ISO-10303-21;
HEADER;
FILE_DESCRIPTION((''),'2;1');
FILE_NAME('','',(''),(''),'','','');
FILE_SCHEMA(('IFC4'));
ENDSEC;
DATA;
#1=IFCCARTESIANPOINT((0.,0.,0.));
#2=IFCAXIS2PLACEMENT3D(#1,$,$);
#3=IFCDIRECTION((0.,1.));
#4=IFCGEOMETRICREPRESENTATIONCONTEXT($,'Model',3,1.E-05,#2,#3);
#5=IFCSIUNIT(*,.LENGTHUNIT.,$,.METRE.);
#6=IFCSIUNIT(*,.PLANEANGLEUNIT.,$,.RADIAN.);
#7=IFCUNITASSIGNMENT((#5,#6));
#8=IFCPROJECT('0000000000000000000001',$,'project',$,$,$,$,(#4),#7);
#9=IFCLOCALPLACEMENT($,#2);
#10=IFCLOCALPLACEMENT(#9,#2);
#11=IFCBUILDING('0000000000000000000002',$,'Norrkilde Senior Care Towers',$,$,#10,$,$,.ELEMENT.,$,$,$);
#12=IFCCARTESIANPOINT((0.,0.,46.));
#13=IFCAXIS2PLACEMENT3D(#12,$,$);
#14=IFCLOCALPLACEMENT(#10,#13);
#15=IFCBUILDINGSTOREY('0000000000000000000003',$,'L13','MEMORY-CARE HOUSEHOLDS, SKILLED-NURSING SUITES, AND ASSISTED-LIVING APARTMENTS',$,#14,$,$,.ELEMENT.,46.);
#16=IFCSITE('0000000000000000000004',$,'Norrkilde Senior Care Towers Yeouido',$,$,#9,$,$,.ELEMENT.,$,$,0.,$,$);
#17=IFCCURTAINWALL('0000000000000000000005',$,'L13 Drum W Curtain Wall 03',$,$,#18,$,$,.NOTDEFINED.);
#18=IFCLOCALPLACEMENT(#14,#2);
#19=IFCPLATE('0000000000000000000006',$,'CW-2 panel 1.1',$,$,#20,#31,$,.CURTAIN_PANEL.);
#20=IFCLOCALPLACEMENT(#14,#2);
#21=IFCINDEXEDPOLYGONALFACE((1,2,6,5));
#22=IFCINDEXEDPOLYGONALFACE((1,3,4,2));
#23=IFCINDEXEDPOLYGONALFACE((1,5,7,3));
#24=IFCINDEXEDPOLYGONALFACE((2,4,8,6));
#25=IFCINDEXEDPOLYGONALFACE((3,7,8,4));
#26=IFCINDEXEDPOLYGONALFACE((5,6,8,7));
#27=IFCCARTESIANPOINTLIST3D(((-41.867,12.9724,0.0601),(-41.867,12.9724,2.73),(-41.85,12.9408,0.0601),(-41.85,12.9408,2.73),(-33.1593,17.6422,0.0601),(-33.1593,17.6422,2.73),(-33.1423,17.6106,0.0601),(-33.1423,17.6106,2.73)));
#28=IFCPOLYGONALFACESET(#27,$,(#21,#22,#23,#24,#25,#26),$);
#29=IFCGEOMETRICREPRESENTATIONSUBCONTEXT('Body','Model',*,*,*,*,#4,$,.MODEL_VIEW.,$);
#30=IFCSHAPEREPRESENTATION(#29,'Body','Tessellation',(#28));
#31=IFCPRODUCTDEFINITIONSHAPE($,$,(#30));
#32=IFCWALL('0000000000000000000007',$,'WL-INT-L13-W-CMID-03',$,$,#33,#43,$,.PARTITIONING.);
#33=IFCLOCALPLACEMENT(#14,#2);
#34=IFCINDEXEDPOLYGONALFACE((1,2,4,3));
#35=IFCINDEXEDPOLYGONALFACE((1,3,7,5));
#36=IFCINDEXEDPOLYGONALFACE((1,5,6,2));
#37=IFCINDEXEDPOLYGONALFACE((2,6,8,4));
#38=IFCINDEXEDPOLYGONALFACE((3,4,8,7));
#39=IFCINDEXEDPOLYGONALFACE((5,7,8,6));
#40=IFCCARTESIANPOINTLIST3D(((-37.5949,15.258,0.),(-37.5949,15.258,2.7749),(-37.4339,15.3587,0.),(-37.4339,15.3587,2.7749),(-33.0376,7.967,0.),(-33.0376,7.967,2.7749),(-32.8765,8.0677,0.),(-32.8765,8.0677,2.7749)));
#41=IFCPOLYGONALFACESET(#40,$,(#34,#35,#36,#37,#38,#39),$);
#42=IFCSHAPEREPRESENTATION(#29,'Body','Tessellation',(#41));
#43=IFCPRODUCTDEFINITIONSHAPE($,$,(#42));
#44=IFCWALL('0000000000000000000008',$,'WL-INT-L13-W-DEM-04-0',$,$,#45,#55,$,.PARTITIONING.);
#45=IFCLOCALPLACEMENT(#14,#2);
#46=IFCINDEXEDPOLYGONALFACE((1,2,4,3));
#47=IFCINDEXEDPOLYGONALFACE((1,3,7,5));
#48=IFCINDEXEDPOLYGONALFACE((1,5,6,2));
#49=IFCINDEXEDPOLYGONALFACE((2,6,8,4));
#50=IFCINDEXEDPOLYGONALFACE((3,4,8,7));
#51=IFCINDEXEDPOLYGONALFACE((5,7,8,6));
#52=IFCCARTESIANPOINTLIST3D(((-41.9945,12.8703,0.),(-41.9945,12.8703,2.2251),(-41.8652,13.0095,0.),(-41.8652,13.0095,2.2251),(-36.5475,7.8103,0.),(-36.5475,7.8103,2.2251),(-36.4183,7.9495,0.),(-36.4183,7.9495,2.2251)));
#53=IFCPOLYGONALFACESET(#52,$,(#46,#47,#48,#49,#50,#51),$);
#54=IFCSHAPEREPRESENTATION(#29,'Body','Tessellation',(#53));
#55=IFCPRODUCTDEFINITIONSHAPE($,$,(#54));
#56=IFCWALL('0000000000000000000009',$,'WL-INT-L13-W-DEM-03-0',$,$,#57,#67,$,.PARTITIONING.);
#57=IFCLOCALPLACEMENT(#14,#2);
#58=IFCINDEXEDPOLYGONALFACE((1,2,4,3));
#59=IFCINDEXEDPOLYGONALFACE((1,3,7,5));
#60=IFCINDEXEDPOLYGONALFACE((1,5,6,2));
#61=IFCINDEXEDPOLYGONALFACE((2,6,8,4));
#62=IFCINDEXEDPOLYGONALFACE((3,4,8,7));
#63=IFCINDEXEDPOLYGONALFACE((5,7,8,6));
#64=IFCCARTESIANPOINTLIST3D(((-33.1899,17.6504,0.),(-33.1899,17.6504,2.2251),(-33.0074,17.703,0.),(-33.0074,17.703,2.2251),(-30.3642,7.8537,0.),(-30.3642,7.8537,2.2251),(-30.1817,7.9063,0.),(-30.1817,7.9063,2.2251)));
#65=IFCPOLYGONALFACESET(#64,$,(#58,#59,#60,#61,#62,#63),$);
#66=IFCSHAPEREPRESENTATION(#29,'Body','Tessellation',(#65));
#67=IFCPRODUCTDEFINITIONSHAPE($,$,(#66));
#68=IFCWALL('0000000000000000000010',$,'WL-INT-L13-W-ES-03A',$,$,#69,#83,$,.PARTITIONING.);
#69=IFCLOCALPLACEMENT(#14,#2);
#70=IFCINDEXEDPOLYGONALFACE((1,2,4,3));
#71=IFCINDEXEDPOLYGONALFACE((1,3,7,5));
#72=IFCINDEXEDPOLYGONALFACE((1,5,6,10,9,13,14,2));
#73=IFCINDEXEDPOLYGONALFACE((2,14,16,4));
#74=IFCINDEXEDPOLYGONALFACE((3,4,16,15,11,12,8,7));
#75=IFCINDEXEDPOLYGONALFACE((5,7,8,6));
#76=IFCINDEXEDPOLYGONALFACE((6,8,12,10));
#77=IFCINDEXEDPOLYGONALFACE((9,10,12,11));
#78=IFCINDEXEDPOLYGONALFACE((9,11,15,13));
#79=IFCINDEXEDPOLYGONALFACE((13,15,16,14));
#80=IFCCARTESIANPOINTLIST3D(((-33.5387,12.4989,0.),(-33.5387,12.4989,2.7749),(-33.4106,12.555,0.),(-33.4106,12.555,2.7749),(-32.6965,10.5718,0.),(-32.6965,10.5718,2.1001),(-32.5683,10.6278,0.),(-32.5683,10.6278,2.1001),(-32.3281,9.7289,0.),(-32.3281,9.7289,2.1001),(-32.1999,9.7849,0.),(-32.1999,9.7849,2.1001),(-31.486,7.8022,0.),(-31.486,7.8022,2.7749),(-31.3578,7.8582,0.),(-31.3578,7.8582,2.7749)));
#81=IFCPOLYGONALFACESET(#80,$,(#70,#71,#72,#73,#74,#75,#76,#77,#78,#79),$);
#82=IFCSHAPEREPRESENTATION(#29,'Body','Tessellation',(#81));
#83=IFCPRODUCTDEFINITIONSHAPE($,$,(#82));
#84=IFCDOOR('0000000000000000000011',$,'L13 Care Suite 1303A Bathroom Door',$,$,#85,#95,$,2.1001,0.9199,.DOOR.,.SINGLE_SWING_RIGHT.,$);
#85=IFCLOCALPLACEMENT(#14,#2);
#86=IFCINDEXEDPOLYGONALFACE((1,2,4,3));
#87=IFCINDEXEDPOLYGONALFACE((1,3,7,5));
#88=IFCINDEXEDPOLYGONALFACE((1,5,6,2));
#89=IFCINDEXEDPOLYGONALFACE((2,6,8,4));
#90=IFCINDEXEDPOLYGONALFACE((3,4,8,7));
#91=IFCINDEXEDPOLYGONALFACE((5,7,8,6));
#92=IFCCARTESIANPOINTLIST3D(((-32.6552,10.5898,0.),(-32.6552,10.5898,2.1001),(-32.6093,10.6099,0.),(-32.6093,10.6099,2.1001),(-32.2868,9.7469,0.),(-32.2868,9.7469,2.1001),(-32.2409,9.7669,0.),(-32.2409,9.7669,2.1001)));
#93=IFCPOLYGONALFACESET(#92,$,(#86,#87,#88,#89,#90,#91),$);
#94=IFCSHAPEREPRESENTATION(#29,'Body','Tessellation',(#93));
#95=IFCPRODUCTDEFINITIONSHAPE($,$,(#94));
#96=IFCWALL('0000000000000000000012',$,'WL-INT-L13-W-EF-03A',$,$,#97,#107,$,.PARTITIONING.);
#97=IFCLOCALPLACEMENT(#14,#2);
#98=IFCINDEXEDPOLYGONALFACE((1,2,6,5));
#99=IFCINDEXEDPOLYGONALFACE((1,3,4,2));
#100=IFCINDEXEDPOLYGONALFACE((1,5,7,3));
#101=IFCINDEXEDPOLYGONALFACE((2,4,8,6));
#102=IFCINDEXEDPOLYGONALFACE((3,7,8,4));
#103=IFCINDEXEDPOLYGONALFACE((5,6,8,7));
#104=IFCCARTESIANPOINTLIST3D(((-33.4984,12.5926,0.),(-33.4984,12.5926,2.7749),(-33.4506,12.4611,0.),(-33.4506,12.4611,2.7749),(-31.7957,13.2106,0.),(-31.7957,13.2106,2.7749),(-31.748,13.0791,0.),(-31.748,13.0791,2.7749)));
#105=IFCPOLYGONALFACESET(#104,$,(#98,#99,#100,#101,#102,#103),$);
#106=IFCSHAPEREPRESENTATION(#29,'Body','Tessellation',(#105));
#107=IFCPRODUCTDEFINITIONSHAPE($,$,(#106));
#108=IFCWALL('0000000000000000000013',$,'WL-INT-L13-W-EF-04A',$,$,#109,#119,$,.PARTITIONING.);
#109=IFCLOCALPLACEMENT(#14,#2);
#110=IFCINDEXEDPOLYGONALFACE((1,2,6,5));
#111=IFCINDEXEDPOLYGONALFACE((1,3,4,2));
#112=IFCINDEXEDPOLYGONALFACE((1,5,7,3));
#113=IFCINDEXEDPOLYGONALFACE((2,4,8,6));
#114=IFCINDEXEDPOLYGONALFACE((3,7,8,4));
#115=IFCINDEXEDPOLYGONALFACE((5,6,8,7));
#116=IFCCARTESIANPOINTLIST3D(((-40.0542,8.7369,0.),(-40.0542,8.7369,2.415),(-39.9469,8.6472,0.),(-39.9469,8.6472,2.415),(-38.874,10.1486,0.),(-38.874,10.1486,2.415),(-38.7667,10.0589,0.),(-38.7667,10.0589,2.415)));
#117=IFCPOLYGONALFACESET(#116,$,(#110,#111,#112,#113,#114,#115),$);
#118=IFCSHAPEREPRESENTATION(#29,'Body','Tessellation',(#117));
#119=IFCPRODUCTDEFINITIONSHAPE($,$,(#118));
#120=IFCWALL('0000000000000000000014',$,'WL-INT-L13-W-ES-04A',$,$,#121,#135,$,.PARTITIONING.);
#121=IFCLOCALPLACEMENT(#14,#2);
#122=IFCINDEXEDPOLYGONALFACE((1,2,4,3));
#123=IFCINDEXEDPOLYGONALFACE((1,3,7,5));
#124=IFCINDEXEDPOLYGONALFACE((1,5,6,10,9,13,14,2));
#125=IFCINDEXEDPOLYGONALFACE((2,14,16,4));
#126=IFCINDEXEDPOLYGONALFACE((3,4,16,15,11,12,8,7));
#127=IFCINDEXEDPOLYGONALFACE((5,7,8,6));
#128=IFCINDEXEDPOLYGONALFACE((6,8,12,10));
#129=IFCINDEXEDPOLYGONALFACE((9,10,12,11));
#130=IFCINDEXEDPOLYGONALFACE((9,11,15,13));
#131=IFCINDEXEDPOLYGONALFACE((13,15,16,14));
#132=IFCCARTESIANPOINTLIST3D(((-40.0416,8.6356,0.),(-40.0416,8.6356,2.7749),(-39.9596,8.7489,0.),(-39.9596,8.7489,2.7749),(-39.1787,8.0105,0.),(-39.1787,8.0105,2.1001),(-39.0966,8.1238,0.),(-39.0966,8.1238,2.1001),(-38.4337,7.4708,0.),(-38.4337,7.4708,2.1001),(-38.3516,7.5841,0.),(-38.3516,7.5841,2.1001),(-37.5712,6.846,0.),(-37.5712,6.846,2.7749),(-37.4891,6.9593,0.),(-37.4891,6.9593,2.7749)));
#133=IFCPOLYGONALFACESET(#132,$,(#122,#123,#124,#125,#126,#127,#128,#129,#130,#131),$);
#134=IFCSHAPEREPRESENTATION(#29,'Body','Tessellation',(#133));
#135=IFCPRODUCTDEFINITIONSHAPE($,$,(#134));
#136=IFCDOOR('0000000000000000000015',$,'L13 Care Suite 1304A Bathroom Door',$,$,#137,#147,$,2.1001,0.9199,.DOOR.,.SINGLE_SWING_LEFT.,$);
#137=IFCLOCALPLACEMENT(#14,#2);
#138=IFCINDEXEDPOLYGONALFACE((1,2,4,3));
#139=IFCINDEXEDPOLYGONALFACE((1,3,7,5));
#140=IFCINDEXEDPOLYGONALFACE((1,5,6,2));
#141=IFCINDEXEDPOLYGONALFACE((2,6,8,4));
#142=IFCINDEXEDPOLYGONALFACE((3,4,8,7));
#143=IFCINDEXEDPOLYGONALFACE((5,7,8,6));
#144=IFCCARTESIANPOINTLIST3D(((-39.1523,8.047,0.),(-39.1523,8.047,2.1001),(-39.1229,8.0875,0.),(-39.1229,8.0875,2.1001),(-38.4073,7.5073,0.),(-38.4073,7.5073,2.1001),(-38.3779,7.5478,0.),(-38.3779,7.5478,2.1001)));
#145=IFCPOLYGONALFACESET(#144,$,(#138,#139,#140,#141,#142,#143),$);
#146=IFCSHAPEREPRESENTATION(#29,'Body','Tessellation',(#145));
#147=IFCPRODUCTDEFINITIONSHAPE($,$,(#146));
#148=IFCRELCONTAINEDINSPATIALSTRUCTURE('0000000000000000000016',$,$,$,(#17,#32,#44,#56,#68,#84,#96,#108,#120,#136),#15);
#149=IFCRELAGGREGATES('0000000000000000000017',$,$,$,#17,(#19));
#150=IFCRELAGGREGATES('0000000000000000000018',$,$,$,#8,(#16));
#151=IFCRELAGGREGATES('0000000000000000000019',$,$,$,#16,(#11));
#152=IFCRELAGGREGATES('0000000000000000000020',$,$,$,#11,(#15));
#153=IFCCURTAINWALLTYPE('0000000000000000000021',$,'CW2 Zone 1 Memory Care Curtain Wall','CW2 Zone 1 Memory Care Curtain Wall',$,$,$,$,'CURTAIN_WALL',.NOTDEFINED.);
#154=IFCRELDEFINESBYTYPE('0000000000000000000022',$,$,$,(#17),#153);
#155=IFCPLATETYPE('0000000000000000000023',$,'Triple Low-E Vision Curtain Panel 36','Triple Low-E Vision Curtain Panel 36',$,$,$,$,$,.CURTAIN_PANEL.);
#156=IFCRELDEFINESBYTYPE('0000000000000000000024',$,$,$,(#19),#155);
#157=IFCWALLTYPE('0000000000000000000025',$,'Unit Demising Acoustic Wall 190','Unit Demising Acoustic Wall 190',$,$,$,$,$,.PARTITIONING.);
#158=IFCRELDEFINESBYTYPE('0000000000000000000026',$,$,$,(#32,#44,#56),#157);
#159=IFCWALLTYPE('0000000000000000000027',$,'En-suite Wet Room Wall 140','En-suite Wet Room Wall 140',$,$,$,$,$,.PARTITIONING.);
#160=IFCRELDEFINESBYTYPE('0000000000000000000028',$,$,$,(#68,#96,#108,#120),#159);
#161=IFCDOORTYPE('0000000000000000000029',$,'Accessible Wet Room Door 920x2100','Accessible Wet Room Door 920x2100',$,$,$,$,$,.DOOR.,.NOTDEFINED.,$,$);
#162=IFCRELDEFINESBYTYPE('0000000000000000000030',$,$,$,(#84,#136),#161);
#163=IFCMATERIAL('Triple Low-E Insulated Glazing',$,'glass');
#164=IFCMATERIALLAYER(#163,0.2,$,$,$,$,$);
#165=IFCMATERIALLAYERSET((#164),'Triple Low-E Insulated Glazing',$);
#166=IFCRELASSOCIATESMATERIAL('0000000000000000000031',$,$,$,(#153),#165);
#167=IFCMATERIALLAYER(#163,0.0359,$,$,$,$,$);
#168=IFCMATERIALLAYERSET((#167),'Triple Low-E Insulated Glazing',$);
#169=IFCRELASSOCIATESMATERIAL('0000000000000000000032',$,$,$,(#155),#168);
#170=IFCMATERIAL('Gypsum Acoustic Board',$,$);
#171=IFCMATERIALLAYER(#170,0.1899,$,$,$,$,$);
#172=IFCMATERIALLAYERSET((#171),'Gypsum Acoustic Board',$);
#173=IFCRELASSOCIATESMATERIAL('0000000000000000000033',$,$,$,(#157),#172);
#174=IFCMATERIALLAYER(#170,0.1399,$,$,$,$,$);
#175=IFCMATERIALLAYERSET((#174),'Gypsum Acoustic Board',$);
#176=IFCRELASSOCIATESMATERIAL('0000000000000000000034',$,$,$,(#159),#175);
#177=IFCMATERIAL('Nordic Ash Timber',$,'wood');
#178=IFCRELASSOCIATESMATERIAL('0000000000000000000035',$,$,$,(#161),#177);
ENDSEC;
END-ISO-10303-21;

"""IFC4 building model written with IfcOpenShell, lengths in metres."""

from ifc_helpers import new_model, si_unit, direction, frame, frame_2d, origin, origin_2d, place, context, subcontext, project, spatial, rectangle, extrude, source, transform, mapped, material, layer, layer_set, type_object, type_shapes, element, fill, aggregate, save


model = new_model("IFC4")

# Units and contexts
model_context = context("Model", 3, precision=1e-05, world=origin(), true_north=direction((0.0, 1.0)))
body_context = subcontext(model_context, "Body", "Model", "MODEL_VIEW")
ifc_project = project(units=[si_unit("LENGTHUNIT", "METRE"), si_unit("PLANEANGLEUNIT", "RADIAN")], contexts=[model_context])

# Site, building, storey
site_placement = place(None, origin())
site = spatial("IfcSite", under=ifc_project, at=site_placement, Name="Norrkilde Senior Care Towers Yeouido", CompositionType="ELEMENT", RefElevation=0.0)
building_placement = place(site_placement, origin())
building = spatial("IfcBuilding", under=site, at=building_placement, Name="Norrkilde Senior Care Towers", CompositionType="ELEMENT")
storey_placement = place(building_placement, frame((0.0, 0.0, 46.0)))
storey = spatial("IfcBuildingStorey", under=building, at=storey_placement, Name="L13", Description="MEMORY-CARE HOUSEHOLDS, SKILLED-NURSING SUITES, AND ASSISTED-LIVING APARTMENTS", CompositionType="ELEMENT", Elevation=46.0)

# Shared definitions
ifc_material_1 = material(Name="Triple Low-E Insulated Glazing", Category="glass")
ifc_layer_1 = layer(ifc_material_1, 0.2)
ifc_layer_set_1 = layer_set([ifc_layer_1], Name="Triple Low-E Insulated Glazing")
curtain_wall_type = type_object("IfcCurtainWallType", Name="CW2 Zone 1 Memory Care Curtain Wall", Description="CW2 Zone 1 Memory Care Curtain Wall", ElementType="CURTAIN_WALL", PredefinedType="NOTDEFINED", material=ifc_layer_set_1)

# Curtain wall
curtain_wall_1_placement = place(storey_placement, origin())
curtain_wall_1 = element("IfcCurtainWall", 1, at=curtain_wall_1_placement, inside=storey, type_object=curtain_wall_type, Name="L13 Drum W Curtain Wall 03", PredefinedType="NOTDEFINED")

# Plate
ifc_layer_2 = layer(ifc_material_1, 0.0359)
ifc_layer_set_2 = layer_set([ifc_layer_2], Name="Triple Low-E Insulated Glazing")
plate_type = type_object("IfcPlateType", Name="Triple Low-E Vision Curtain Panel 36", Description="Triple Low-E Vision Curtain Panel 36", PredefinedType="CURTAIN_PANEL", material=ifc_layer_set_2)
shared_shape_1 = source(origin(), body_context, "Body", "SweptSolid", [
    extrude(rectangle(XDim=9.8809, YDim=0.0359, at=origin_2d()), origin(), (0.0, 0.0, 1.0), 2.6699),
])
plate_1_placement = place(storey_placement, frame((-37.5046, 15.2915, 0.0601), z_axis=(0.0, 0.0, 1.0), x_axis=(0.881273, 0.472608, 0.0)))
plate_1 = element("IfcPlate", 2, at=plate_1_placement, type_object=plate_type, Name="CW-2 panel 1.1", PredefinedType="CURTAIN_PANEL", context=body_context, shape_type="MappedRepresentation", body=[
    mapped(shared_shape_1, transform((0.0, 0.0, 0.0), x_axis=(1.0, 0.0, 0.0), y_axis=(0.0, 1.0, 0.0), z_axis=(0.0, 0.0, 1.0), scale=1.0)),
])
aggregate(curtain_wall_1, [plate_1])

# Shared definitions
ifc_material_2 = material(Name="Gypsum Acoustic Board")
ifc_material_3 = material(Name="Nordic Ash Timber", Category="wood")

# Walls
ifc_layer_3 = layer(ifc_material_2, 0.1899)
ifc_layer_set_3 = layer_set([ifc_layer_3], Name="Gypsum Acoustic Board")
wall_type_1 = type_object("IfcWallType", Name="Unit Demising Acoustic Wall 190", Description="Unit Demising Acoustic Wall 190", PredefinedType="PARTITIONING", material=ifc_layer_set_3)
shared_shape_2 = source(origin(), body_context, "Body", "SweptSolid", [
    extrude(rectangle(XDim=8.5981, YDim=0.1899, at=frame_2d((4.2991, 0.0))), origin(), (0.0, 0.0, 1.0), 2.7749),
])
wall_1_placement = place(storey_placement, frame((-32.957, 8.0173, 0.0), z_axis=(0.0, 0.0, 1.0), x_axis=(-0.53004, 0.847973, 0.0)))
element("IfcWall", 3, at=wall_1_placement, inside=storey, type_object=wall_type_1, Name="WL-INT-L13-W-CMID-03", PredefinedType="PARTITIONING", context=body_context, shape_type="MappedRepresentation", body=[
    mapped(shared_shape_2, transform((0.0, 0.0, 0.0), x_axis=(1.0, 0.0, 0.0), y_axis=(0.0, 1.0, 0.0), z_axis=(0.0, 0.0, 1.0), scale=1.0)),
])
shared_shape_3 = source(origin(), body_context, "Body", "SweptSolid", [
    extrude(rectangle(XDim=7.4346, YDim=0.1899, at=frame_2d((3.7173, 0.0))), origin(), (0.0, 0.0, 1.0), 2.2251),
])
wall_2_placement = place(storey_placement, frame((-36.4829, 7.8799, 0.0), z_axis=(0.0, 0.0, 1.0), x_axis=(-0.732652, 0.680603, 0.0)))
element("IfcWall", 4, at=wall_2_placement, inside=storey, type_object=wall_type_1, Name="WL-INT-L13-W-DEM-04-0", PredefinedType="PARTITIONING", context=body_context, shape_type="MappedRepresentation", body=[
    mapped(shared_shape_3, transform((0.0, 0.0, 0.0), x_axis=(1.0, 0.0, 0.0), y_axis=(0.0, 1.0, 0.0), z_axis=(0.0, 0.0, 1.0), scale=1.0)),
])
shared_shape_4 = source(origin(), body_context, "Body", "SweptSolid", [
    extrude(rectangle(XDim=10.196, YDim=0.1899, at=frame_2d((5.0981, 0.0))), origin(), (0.0, 0.0, 1.0), 2.2251),
])
type_shapes(wall_type_1, [shared_shape_2, shared_shape_3, shared_shape_4])
wall_3_placement = place(storey_placement, frame((-30.2729, 7.8799, 0.0), z_axis=(0.0, 0.0, 1.0), x_axis=(-0.277136, 0.960831, 0.0)))
element("IfcWall", 5, at=wall_3_placement, inside=storey, type_object=wall_type_1, Name="WL-INT-L13-W-DEM-03-0", PredefinedType="PARTITIONING", context=body_context, shape_type="MappedRepresentation", body=[
    mapped(shared_shape_4, transform((0.0, 0.0, 0.0), x_axis=(1.0, 0.0, 0.0), y_axis=(0.0, 1.0, 0.0), z_axis=(0.0, 0.0, 1.0), scale=1.0)),
])

# Wall, opening, door
ifc_layer_4 = layer(ifc_material_2, 0.1399)
ifc_layer_set_4 = layer_set([ifc_layer_4], Name="Gypsum Acoustic Board")
wall_type_2 = type_object("IfcWallType", Name="En-suite Wet Room Wall 140", Description="En-suite Wet Room Wall 140", PredefinedType="PARTITIONING", material=ifc_layer_set_4)
shared_shape_5 = source(origin(), body_context, "Body", "SweptSolid", [
    extrude(rectangle(XDim=5.1257, YDim=0.1399, at=frame_2d((2.563, 0.0))), origin(), (0.0, 0.0, 1.0), 2.7749),
])
wall_4_placement = place(storey_placement, frame((-31.4219, 7.8301, 0.0), z_axis=(0.0, 0.0, 1.0), x_axis=(-0.400474, 0.916308, 0.0)))
wall_4 = element("IfcWall", 6, at=wall_4_placement, inside=storey, type_object=wall_type_2, Name="WL-INT-L13-W-ES-03A", PredefinedType="PARTITIONING", context=body_context, shape_type="MappedRepresentation", body=[
    mapped(shared_shape_5, transform((0.0, 0.0, 0.0), x_axis=(1.0, 0.0, 0.0), y_axis=(0.0, 1.0, 0.0), z_axis=(0.0, 0.0, 1.0), scale=1.0)),
])
opening_1_placement = place(wall_4_placement, frame((2.1028, 0.0, 0.0)))
opening_1 = element("IfcOpeningElement", 7, at=opening_1_placement, cuts=wall_4, PredefinedType="OPENING", context=body_context, shape_type="SweptSolid", body=[
    extrude(rectangle(XDim=0.9199, YDim=2.1001, at=frame_2d((0.46, 1.05))), frame((0.0, 0.0798, 0.0), z_axis=(0.0, -1.0, 0.0), x_axis=(1.0, 0.0, 0.0)), (0.0, 0.0, 1.0), 0.1599),
])
door_type_1 = type_object("IfcDoorType", Name="Accessible Wet Room Door 920x2100", Description="Accessible Wet Room Door 920x2100", OperationType="NOTDEFINED", PredefinedType="DOOR", material=ifc_material_3)
shared_shape_6 = source(origin(), body_context, "Body", "SweptSolid", [
    extrude(rectangle(XDim=0.9199, YDim=2.1001, at=frame_2d((0.46, 1.05))), frame((0.0, 0.0249, 0.0), z_axis=(0.0, -1.0, 0.0), x_axis=(1.0, 0.0, 0.0)), (0.0, 0.0, 1.0), 0.05),
])
type_shapes(door_type_1, [shared_shape_6])
door_1_placement = place(opening_1_placement, origin())
door_1 = element("IfcDoor", 8, at=door_1_placement, inside=storey, type_object=door_type_1, Name="L13 Care Suite 1303A Bathroom Door", OperationType="SINGLE_SWING_RIGHT", OverallHeight=2.1001, OverallWidth=0.9199, PredefinedType="DOOR", context=body_context, shape_type="MappedRepresentation", body=[
    mapped(shared_shape_6, transform((0.0, 0.0, 0.0), x_axis=(1.0, 0.0, 0.0), y_axis=(0.0, 1.0, 0.0), z_axis=(0.0, 0.0, 1.0), scale=1.0)),
])
fill(opening_1, door_1)

# Walls
shared_shape_7 = source(origin(), body_context, "Body", "SweptSolid", [
    extrude(rectangle(XDim=1.8113, YDim=0.1399, at=frame_2d((0.9058, 0.0))), origin(), (0.0, 0.0, 1.0), 2.7749),
])
wall_5_placement = place(storey_placement, frame((-33.4746, 12.5269, 0.0), z_axis=(0.0, 0.0, 1.0), x_axis=(0.94001, 0.341148, 0.0)))
element("IfcWall", 9, at=wall_5_placement, inside=storey, type_object=wall_type_2, Name="WL-INT-L13-W-EF-03A", PredefinedType="PARTITIONING", context=body_context, shape_type="MappedRepresentation", body=[
    mapped(shared_shape_7, transform((0.0, 0.0, 0.0), x_axis=(1.0, 0.0, 0.0), y_axis=(0.0, 1.0, 0.0), z_axis=(0.0, 0.0, 1.0), scale=1.0)),
])
shared_shape_8 = source(origin(), body_context, "Body", "SweptSolid", [
    extrude(rectangle(XDim=1.8401, YDim=0.1399, at=frame_2d((0.9199, 0.0))), origin(), (0.0, 0.0, 1.0), 2.415),
])
wall_6_placement = place(storey_placement, frame((-40.0005, 8.6921, 0.0), z_axis=(0.0, 0.0, 1.0), x_axis=(0.64141, 0.767198, 0.0)))
element("IfcWall", 10, at=wall_6_placement, inside=storey, type_object=wall_type_2, Name="WL-INT-L13-W-EF-04A", PredefinedType="PARTITIONING", context=body_context, shape_type="MappedRepresentation", body=[
    mapped(shared_shape_8, transform((0.0, 0.0, 0.0), x_axis=(1.0, 0.0, 0.0), y_axis=(0.0, 1.0, 0.0), z_axis=(0.0, 0.0, 1.0), scale=1.0)),
])

# Wall, opening, door
shared_shape_9 = source(origin(), body_context, "Body", "SweptSolid", [
    extrude(rectangle(XDim=3.0505, YDim=0.1399, at=frame_2d((1.5254, 0.0))), origin(), (0.0, 0.0, 1.0), 2.7749),
])
type_shapes(wall_type_2, [shared_shape_5, shared_shape_7, shared_shape_8, shared_shape_9])
wall_7_placement = place(storey_placement, frame((-37.53, 6.9026, 0.0), z_axis=(0.0, 0.0, 1.0), x_axis=(-0.809849, 0.586638, 0.0)))
wall_7 = element("IfcWall", 11, at=wall_7_placement, inside=storey, type_object=wall_type_2, Name="WL-INT-L13-W-ES-04A", PredefinedType="PARTITIONING", context=body_context, shape_type="MappedRepresentation", body=[
    mapped(shared_shape_9, transform((0.0, 0.0, 0.0), x_axis=(1.0, 0.0, 0.0), y_axis=(0.0, 1.0, 0.0), z_axis=(0.0, 0.0, 1.0), scale=1.0)),
])
opening_2_placement = place(wall_7_placement, frame((1.0652, 0.0, 0.0)))
opening_2 = element("IfcOpeningElement", 12, at=opening_2_placement, cuts=wall_7, PredefinedType="OPENING", context=body_context, shape_type="SweptSolid", body=[
    extrude(rectangle(XDim=0.9199, YDim=2.1001, at=frame_2d((0.46, 1.05))), frame((0.0, 0.0798, 0.0), z_axis=(0.0, -1.0, 0.0), x_axis=(1.0, 0.0, 0.0)), (0.0, 0.0, 1.0), 0.1599),
])
door_2_placement = place(opening_2_placement, origin())
door_2 = element("IfcDoor", 13, at=door_2_placement, inside=storey, type_object=door_type_1, Name="L13 Care Suite 1304A Bathroom Door", OperationType="SINGLE_SWING_LEFT", OverallHeight=2.1001, OverallWidth=0.9199, PredefinedType="DOOR", context=body_context, shape_type="MappedRepresentation", body=[
    mapped(shared_shape_6, transform((0.0, 0.0, 0.0), x_axis=(1.0, 0.0, 0.0), y_axis=(0.0, 1.0, 0.0), z_axis=(0.0, 0.0, 1.0), scale=1.0)),
])
fill(opening_2, door_2)

save(model, "model.ifc")
